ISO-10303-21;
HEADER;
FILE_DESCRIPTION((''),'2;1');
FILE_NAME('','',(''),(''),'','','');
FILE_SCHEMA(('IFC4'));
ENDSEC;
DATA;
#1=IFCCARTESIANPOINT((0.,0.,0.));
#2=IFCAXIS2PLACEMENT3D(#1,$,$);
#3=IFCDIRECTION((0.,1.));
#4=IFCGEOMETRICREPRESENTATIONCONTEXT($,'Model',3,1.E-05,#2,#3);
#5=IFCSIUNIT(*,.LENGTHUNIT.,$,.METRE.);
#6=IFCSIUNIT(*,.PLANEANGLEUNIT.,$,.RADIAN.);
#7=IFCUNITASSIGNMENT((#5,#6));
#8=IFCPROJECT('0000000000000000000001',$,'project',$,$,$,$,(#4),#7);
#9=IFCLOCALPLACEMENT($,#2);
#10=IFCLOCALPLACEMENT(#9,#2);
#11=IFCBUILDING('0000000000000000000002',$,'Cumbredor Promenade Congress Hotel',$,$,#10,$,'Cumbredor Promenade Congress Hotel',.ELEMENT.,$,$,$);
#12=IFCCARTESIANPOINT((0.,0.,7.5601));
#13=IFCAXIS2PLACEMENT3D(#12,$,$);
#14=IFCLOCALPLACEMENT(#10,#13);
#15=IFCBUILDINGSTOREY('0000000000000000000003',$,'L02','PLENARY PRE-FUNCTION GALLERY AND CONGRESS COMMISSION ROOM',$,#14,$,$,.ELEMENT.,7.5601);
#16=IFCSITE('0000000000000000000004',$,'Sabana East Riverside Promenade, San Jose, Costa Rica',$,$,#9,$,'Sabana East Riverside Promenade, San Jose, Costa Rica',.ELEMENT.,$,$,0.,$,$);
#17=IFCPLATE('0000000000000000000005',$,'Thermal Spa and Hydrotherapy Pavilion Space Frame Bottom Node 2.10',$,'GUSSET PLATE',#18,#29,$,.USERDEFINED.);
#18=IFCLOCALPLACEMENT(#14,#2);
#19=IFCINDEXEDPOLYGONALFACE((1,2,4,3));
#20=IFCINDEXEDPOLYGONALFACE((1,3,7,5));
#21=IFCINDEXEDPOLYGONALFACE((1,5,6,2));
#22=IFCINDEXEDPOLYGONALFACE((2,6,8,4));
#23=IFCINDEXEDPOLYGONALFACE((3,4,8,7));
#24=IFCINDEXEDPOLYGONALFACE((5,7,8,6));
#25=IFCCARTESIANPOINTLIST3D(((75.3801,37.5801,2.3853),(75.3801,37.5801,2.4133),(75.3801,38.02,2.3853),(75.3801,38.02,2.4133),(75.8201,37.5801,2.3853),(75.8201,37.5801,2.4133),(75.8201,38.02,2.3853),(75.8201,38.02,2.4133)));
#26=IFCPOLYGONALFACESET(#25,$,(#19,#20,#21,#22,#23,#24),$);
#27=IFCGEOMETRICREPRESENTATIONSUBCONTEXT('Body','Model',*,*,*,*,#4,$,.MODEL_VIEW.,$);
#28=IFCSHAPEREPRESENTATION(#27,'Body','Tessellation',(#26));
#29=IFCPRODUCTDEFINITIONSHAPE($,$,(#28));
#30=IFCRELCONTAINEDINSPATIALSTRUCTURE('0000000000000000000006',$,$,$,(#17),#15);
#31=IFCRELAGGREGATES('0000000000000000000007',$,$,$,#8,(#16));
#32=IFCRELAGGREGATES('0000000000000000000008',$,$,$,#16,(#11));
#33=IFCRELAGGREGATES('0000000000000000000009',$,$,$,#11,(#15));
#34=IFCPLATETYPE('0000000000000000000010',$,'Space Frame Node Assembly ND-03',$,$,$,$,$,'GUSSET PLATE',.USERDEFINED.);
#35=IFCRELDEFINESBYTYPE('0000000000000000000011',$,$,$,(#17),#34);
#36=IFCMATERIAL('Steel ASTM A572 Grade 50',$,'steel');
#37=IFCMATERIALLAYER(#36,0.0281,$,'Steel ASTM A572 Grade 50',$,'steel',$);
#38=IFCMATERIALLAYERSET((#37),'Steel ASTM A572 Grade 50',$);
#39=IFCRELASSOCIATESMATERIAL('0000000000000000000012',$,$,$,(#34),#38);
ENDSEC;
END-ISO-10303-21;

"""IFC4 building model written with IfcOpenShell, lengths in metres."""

from ifc_helpers import new_model, si_unit, direction, frame, origin, origin_2d, place, context, subcontext, project, spatial, rectangle, extrude, material, layer, layer_set, type_object, element, save


model = new_model("IFC4")

# Units and contexts
model_context = context("Model", 3, precision=1e-05, world=origin(), true_north=direction((0.0, 1.0)))
body_context = subcontext(model_context, "Body", "Model", "MODEL_VIEW")
ifc_project = project(units=[si_unit("LENGTHUNIT", "METRE"), si_unit("PLANEANGLEUNIT", "RADIAN")], contexts=[model_context])

# Site, building, storey
site_placement = place(None, origin())
site = spatial("IfcSite", under=ifc_project, at=site_placement, Name="Sabana East Riverside Promenade, San Jose, Costa Rica", LongName="Sabana East Riverside Promenade, San Jose, Costa Rica", CompositionType="ELEMENT", RefElevation=0.0)
building_placement = place(site_placement, origin())
building = spatial("IfcBuilding", under=site, at=building_placement, Name="Cumbredor Promenade Congress Hotel", LongName="Cumbredor Promenade Congress Hotel", CompositionType="ELEMENT")
storey_placement = place(building_placement, frame((0.0, 0.0, 7.5601)))
storey = spatial("IfcBuildingStorey", under=building, at=storey_placement, Name="L02", Description="PLENARY PRE-FUNCTION GALLERY AND CONGRESS COMMISSION ROOM", CompositionType="ELEMENT", Elevation=7.5601)

# Plate
ifc_material_1 = material(Name="Steel ASTM A572 Grade 50", Category="steel")
ifc_layer_1 = layer(ifc_material_1, 0.0281, Name="Steel ASTM A572 Grade 50", Category="steel")
ifc_layer_set_1 = layer_set([ifc_layer_1], Name="Steel ASTM A572 Grade 50")
plate_type_1 = type_object("IfcPlateType", Name="Space Frame Node Assembly ND-03", ElementType="GUSSET PLATE", PredefinedType="USERDEFINED", material=ifc_layer_set_1)
for number, where, z_axis, x_axis, name in (
    (1, (75.6001, 37.8, 2.3853), (0.0, 0.0, 1.0), (1.0, 0.0, 0.0), "Thermal Spa and Hydrotherapy Pavilion Space Frame Bottom Node 2.10"),
):
    element("IfcPlate", number, at=place(storey_placement, frame(where, z_axis=z_axis, x_axis=x_axis)), inside=storey, type_object=plate_type_1, Name=name, ObjectType="GUSSET PLATE", PredefinedType="USERDEFINED", context=body_context, shape_type="SweptSolid", body=[
        extrude(rectangle(XDim=0.4399, YDim=0.4399, at=origin_2d()), origin(), (0.0, 0.0, 1.0), 0.0281),
    ])

save(model, "model.ifc")
